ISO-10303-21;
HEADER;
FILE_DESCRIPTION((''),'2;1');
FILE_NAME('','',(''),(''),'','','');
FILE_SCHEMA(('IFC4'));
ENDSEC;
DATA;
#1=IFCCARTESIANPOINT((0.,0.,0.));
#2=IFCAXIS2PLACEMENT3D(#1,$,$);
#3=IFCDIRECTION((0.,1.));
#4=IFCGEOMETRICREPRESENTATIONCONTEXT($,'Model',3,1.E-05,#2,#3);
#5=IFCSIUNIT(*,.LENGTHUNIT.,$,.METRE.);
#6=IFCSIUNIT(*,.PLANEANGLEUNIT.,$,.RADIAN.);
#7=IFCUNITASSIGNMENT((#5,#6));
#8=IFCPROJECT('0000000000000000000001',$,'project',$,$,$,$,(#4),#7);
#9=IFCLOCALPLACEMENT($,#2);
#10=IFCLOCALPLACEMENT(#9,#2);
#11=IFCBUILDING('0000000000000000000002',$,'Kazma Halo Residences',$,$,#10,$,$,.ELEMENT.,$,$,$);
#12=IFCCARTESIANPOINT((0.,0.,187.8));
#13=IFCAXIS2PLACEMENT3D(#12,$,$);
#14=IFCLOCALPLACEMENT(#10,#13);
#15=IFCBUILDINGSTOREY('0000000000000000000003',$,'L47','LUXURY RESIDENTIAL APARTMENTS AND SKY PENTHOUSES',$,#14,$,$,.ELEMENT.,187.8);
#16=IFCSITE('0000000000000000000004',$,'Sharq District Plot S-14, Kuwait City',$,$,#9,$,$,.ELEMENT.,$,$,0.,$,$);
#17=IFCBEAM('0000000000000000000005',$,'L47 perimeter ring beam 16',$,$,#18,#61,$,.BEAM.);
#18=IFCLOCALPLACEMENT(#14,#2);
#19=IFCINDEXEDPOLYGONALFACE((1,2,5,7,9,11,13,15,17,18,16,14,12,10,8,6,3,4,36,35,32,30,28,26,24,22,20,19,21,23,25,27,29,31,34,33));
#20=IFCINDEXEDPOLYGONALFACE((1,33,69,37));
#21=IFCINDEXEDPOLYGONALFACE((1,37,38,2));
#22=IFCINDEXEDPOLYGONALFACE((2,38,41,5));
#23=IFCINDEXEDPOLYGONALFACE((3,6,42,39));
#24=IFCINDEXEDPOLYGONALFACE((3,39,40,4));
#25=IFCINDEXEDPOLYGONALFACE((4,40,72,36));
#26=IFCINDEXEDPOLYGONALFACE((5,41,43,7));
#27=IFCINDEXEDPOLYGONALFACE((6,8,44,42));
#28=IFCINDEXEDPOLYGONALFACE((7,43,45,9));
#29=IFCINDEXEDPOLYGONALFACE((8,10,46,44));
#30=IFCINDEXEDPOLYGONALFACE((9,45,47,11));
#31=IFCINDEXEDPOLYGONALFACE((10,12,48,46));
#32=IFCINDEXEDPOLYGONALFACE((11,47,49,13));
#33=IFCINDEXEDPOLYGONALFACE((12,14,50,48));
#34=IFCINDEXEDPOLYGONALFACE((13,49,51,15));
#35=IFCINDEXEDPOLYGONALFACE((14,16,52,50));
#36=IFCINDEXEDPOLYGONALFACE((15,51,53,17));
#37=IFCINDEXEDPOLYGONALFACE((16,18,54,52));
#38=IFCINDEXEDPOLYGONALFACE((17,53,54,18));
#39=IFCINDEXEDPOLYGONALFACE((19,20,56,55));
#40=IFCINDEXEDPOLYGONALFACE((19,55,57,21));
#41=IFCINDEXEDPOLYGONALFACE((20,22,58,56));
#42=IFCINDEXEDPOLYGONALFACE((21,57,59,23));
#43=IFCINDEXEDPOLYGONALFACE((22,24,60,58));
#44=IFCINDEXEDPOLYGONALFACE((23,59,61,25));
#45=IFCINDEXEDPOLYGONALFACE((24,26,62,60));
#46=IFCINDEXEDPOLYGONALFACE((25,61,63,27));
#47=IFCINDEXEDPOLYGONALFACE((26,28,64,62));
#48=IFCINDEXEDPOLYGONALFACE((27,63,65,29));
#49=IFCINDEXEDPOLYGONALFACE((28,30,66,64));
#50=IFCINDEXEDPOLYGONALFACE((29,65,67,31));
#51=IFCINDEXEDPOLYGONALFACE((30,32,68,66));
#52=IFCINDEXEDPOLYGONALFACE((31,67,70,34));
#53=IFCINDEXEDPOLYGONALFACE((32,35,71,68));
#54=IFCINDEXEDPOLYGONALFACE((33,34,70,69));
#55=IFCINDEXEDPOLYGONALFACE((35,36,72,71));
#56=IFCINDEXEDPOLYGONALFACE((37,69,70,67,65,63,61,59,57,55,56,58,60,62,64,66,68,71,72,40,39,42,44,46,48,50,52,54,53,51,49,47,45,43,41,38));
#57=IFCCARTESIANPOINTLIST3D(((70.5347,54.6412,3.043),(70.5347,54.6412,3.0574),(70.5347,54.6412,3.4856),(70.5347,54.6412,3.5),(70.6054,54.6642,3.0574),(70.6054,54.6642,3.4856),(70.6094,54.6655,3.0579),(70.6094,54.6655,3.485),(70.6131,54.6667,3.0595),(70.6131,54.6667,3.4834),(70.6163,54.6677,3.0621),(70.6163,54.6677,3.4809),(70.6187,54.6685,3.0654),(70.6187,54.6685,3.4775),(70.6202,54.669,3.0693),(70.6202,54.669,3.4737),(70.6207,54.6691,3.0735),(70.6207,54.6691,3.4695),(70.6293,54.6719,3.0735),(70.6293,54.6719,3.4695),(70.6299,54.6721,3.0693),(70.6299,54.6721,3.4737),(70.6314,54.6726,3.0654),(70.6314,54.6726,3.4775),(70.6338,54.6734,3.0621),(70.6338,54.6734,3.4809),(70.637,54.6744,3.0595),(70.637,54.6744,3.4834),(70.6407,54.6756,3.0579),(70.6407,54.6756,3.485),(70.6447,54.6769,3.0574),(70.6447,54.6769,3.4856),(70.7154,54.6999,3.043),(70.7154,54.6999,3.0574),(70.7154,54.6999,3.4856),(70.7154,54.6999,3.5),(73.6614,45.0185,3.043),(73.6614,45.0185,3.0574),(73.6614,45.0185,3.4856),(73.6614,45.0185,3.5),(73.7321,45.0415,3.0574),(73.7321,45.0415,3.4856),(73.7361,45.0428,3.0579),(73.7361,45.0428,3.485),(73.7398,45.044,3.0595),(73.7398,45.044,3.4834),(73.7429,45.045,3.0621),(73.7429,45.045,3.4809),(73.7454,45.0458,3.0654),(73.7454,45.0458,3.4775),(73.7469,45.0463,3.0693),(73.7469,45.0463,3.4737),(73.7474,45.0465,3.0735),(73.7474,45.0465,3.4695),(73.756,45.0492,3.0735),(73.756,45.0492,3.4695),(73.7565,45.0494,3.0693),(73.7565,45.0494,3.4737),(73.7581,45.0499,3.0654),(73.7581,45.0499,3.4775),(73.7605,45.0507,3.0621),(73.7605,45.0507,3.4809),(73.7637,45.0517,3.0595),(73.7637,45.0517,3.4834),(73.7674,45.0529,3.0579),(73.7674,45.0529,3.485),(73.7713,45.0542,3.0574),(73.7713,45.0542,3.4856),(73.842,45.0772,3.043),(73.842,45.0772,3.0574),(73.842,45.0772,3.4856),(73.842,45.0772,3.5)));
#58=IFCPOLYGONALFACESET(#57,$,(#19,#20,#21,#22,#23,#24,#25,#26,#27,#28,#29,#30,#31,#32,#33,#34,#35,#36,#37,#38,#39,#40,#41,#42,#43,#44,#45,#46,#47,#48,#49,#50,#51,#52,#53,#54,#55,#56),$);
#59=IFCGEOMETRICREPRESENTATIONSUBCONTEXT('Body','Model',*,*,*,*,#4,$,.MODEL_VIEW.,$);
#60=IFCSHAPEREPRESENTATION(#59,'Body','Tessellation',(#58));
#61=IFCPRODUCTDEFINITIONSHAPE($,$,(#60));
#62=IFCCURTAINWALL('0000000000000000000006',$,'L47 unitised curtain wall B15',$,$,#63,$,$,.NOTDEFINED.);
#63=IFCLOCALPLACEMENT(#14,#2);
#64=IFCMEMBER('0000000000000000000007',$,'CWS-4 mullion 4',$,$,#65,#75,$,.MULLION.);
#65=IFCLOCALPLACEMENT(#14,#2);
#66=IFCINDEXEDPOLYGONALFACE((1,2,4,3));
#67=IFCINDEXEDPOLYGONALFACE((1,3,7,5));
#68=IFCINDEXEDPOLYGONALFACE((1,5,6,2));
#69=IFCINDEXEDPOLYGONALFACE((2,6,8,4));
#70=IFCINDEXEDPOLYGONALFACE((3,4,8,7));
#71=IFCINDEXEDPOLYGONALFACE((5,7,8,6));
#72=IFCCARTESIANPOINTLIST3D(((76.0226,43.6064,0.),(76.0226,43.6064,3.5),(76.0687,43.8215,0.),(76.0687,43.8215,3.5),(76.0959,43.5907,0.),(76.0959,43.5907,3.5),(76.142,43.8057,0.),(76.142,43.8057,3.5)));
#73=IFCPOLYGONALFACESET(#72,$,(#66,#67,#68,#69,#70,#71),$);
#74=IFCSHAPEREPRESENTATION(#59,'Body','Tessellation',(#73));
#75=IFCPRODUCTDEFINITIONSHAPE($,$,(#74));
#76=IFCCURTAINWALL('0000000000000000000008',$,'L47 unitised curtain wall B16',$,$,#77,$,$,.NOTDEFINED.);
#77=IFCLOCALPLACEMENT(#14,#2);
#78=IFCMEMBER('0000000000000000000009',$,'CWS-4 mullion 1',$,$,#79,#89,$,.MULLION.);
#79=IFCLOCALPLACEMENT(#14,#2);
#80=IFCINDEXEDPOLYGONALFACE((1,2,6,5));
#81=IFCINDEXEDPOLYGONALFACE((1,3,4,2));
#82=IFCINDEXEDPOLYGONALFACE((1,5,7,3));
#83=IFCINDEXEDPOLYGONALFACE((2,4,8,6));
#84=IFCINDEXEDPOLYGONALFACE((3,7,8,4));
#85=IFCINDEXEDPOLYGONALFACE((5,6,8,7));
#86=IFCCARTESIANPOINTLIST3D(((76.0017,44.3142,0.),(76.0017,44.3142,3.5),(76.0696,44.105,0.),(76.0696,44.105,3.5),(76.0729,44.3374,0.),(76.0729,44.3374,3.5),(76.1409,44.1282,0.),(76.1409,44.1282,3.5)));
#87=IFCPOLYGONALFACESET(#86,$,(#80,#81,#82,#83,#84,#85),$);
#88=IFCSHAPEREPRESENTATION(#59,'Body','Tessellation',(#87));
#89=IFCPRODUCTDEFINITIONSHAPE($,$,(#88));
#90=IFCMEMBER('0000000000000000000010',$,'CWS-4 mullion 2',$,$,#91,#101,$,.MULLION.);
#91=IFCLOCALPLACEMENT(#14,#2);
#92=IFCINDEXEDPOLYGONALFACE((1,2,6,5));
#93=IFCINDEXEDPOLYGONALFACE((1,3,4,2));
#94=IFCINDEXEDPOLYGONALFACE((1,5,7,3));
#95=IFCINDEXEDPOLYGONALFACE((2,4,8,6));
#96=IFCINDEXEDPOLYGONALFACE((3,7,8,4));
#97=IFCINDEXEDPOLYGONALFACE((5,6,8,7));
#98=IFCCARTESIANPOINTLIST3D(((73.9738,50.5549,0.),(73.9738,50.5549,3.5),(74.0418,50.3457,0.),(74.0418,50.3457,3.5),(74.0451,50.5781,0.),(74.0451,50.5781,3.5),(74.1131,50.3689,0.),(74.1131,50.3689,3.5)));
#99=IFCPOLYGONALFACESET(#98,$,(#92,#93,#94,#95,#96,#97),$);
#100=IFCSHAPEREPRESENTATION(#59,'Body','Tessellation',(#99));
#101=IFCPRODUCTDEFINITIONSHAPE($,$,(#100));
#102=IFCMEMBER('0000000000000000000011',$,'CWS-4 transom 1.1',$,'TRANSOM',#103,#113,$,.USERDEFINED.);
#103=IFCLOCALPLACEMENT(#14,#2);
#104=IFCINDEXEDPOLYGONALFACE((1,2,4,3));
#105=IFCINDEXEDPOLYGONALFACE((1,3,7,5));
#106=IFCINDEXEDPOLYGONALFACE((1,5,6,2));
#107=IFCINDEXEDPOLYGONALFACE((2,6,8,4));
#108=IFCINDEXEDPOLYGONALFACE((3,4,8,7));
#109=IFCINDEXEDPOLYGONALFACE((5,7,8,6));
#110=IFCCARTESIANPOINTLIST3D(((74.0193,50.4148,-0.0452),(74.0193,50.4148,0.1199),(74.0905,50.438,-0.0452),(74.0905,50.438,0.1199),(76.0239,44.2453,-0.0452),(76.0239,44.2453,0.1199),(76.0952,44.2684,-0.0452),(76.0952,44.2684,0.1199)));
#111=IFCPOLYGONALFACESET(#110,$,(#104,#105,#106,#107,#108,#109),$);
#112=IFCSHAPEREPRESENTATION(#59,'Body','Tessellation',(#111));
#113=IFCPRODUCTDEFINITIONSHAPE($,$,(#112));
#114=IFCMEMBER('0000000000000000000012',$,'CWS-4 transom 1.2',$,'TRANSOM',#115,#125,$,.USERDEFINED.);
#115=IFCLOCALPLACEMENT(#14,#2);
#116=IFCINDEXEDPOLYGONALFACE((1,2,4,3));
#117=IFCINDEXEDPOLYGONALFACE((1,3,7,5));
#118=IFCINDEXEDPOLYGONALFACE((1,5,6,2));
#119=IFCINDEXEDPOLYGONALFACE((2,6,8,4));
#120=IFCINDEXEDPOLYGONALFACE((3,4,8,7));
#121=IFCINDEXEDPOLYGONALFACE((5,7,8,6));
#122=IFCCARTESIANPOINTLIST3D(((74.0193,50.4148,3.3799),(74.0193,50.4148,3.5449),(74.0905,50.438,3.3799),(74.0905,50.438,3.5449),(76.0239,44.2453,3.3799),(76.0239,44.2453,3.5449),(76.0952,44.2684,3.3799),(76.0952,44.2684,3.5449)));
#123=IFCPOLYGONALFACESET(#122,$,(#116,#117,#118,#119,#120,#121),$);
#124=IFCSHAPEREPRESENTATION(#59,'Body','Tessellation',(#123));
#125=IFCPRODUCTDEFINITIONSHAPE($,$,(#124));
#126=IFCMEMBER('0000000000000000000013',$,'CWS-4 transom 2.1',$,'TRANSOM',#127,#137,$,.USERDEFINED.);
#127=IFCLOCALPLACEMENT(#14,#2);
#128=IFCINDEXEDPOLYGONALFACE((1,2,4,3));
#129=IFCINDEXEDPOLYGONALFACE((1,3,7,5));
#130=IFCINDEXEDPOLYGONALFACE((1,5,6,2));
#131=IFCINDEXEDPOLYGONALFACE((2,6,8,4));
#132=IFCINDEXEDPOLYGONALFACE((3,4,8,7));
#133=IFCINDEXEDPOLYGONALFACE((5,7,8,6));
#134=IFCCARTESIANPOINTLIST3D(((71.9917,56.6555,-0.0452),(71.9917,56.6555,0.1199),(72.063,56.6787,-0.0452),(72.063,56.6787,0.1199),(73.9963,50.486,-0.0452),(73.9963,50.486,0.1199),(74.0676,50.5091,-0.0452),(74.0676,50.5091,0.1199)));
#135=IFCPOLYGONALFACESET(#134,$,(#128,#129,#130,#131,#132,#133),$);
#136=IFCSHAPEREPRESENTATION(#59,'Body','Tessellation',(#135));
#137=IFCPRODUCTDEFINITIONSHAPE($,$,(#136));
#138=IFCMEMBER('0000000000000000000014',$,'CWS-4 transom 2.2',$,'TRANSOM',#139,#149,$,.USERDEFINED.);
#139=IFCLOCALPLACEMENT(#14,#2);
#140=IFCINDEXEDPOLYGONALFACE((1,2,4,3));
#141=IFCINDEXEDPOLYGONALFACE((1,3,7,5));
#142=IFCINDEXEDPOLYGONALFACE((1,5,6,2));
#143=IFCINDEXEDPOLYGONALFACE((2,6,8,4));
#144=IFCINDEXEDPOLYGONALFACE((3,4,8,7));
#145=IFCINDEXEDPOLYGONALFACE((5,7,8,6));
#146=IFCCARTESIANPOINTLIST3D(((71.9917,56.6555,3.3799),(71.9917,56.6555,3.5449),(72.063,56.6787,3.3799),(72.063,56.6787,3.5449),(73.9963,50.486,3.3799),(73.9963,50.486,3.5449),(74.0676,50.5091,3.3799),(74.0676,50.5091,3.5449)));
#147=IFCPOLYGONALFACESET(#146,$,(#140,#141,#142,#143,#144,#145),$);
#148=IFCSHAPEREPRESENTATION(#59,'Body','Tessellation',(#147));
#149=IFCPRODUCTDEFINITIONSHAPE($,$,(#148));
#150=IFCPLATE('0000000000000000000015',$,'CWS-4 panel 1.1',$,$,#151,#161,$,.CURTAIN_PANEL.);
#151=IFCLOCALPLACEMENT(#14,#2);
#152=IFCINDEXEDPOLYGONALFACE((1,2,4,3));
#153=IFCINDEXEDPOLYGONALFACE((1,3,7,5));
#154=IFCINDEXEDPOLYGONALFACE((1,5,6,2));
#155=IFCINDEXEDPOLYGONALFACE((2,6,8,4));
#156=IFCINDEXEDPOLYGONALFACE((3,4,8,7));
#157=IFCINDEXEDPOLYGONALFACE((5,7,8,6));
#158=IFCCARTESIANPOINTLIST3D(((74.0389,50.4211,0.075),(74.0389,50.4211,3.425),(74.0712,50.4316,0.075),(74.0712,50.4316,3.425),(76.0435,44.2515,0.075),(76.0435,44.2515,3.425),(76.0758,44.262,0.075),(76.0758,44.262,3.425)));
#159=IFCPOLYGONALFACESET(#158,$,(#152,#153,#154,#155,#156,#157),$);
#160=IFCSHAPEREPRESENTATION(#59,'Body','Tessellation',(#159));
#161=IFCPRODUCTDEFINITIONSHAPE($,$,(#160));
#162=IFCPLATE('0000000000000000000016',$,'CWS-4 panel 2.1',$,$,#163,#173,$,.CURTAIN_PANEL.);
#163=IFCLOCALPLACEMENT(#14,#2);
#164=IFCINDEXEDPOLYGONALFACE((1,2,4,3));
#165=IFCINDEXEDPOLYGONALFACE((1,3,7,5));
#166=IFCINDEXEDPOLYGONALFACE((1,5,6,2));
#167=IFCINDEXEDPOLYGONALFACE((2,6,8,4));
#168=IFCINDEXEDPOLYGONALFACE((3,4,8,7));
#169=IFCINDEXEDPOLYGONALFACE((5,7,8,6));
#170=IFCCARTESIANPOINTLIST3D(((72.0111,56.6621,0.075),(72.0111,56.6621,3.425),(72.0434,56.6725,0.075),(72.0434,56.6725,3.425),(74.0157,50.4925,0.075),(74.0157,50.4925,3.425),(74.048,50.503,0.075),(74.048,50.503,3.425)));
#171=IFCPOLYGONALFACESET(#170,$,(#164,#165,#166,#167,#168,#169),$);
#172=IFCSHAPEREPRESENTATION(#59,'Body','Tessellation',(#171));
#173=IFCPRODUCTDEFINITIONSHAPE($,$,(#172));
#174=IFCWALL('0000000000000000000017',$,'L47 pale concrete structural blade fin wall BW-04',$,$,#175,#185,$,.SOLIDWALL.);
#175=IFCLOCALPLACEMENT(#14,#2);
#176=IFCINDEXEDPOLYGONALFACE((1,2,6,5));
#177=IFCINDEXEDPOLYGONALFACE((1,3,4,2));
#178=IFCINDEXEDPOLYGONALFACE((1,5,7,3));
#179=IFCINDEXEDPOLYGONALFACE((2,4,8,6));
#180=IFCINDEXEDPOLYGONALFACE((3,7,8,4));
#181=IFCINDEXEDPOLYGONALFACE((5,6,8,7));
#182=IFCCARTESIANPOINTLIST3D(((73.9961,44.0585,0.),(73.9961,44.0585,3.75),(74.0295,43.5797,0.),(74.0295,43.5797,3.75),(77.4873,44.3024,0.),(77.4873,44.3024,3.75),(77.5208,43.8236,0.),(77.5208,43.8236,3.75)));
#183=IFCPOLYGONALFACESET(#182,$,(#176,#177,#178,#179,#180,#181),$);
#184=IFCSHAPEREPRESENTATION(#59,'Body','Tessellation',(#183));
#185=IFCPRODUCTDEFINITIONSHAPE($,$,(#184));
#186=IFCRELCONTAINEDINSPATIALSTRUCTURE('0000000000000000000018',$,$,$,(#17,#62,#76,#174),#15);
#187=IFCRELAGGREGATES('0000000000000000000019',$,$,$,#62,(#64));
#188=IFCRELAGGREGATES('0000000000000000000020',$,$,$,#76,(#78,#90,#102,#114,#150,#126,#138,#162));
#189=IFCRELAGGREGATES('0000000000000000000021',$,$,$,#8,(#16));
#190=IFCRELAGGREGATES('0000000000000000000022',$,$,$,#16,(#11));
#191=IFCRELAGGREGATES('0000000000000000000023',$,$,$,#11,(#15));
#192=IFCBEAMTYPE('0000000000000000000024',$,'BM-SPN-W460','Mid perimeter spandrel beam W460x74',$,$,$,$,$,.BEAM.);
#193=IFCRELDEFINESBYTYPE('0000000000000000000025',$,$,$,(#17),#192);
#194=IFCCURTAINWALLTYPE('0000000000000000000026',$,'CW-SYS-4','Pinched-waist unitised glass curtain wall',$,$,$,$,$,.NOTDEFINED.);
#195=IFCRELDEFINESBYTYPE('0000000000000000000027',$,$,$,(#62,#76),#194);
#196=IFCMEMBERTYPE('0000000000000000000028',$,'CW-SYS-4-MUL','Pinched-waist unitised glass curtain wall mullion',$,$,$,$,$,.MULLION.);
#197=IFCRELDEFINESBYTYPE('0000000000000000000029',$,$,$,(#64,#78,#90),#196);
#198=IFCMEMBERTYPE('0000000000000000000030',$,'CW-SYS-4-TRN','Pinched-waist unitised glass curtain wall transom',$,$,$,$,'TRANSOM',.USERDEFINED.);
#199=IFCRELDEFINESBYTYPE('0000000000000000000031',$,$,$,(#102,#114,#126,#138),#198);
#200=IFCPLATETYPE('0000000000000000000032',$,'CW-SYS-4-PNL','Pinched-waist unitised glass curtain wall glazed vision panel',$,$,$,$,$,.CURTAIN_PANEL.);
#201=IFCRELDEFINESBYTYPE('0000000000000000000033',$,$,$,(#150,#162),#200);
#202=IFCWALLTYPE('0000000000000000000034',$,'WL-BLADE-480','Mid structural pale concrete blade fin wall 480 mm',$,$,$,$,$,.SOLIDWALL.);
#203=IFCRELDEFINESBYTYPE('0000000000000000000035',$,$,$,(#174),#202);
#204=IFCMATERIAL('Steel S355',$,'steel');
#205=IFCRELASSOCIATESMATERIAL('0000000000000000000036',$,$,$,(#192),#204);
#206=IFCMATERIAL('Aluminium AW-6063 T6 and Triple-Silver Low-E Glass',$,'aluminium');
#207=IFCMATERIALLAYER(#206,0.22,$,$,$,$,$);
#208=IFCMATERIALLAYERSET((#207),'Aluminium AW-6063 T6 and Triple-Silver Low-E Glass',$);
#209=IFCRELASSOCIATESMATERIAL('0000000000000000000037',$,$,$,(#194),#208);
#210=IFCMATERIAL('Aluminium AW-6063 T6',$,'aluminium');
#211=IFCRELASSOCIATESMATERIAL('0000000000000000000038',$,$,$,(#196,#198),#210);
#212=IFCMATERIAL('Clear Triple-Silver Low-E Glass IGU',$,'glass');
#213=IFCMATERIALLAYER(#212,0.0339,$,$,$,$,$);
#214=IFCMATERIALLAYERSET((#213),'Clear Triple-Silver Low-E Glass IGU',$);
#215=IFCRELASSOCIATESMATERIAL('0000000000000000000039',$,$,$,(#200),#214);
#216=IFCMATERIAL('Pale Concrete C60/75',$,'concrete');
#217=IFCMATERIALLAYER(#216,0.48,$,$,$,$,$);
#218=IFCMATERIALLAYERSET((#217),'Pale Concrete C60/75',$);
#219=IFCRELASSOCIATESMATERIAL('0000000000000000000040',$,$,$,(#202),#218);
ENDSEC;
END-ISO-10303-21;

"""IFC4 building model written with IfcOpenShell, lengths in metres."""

from ifc_helpers import new_model, si_unit, direction, frame, frame_2d, origin, origin_2d, place, context, subcontext, project, spatial, rectangle, i_section, extrude, material, layer, layer_set, material_profile, profile_set, type_object, element, aggregate, save


model = new_model("IFC4")

# Units and contexts
model_context = context("Model", 3, precision=1e-05, world=origin(), true_north=direction((0.0, 1.0)))
body_context = subcontext(model_context, "Body", "Model", "MODEL_VIEW")
ifc_project = project(units=[si_unit("LENGTHUNIT", "METRE"), si_unit("PLANEANGLEUNIT", "RADIAN")], contexts=[model_context])

# Site, building, storey
site_placement = place(None, origin())
site = spatial("IfcSite", under=ifc_project, at=site_placement, Name="Sharq District Plot S-14, Kuwait City", CompositionType="ELEMENT", RefElevation=0.0)
building_placement = place(site_placement, origin())
building = spatial("IfcBuilding", under=site, at=building_placement, Name="Kazma Halo Residences", CompositionType="ELEMENT")
storey_placement = place(building_placement, frame((0.0, 0.0, 187.8)))
storey = spatial("IfcBuildingStorey", under=building, at=storey_placement, Name="L47", Description="LUXURY RESIDENTIAL APARTMENTS AND SKY PENTHOUSES", CompositionType="ELEMENT", Elevation=187.8)

# Beam
ifc_material_1 = material(Name="Steel S355", Category="steel")
ifc_material_profile_1 = material_profile(ifc_material_1, i_section(OverallWidth=0.1899, OverallDepth=0.457, WebThickness=0.009, FlangeThickness=0.0144, FilletRadius=0.0161, at=origin_2d()), Name="W460x74")
ifc_profile_set_1 = profile_set([ifc_material_profile_1], Name="Steel S355")
beam_type_1 = type_object("IfcBeamType", Name="BM-SPN-W460", Description="Mid perimeter spandrel beam W460x74", PredefinedType="BEAM", material=ifc_profile_set_1)
beam_1_placement = place(storey_placement, frame((73.7517, 45.0479, 3.2715), z_axis=(-0.309023, 0.951054, 0.0), x_axis=(-0.951054, -0.309023, 0.0)))
element("IfcBeam", 1, at=beam_1_placement, inside=storey, type_object=beam_type_1, Name="L47 perimeter ring beam 16", PredefinedType="BEAM", context=body_context, shape_type="SweptSolid", body=[
    extrude(i_section(OverallWidth=0.1899, OverallDepth=0.457, WebThickness=0.009, FlangeThickness=0.0144, FilletRadius=0.0161, at=origin_2d()), origin(), (0.0, 0.0, 1.0), 10.1179),
])

# Curtain wall, member
ifc_material_2 = material(Name="Aluminium AW-6063 T6 and Triple-Silver Low-E Glass", Category="aluminium")
ifc_layer_1 = layer(ifc_material_2, 0.22)
ifc_layer_set_1 = layer_set([ifc_layer_1], Name="Aluminium AW-6063 T6 and Triple-Silver Low-E Glass")
curtain_wall_type = type_object("IfcCurtainWallType", Name="CW-SYS-4", Description="Pinched-waist unitised glass curtain wall", PredefinedType="NOTDEFINED", material=ifc_layer_set_1)
curtain_wall_1_placement = place(storey_placement, origin())
curtain_wall_1 = element("IfcCurtainWall", 2, at=curtain_wall_1_placement, inside=storey, type_object=curtain_wall_type, Name="L47 unitised curtain wall B15", PredefinedType="NOTDEFINED")
ifc_material_3 = material(Name="Aluminium AW-6063 T6", Category="aluminium")
ifc_material_profile_2 = material_profile(ifc_material_3, rectangle(XDim=0.075, YDim=0.22, at=origin_2d()), Name="CWM-75x220")
ifc_profile_set_2 = profile_set([ifc_material_profile_2], Name="Aluminium AW-6063 T6")
member_type_1 = type_object("IfcMemberType", Name="CW-SYS-4-MUL", Description="Pinched-waist unitised glass curtain wall mullion", PredefinedType="MULLION", material=ifc_profile_set_2)
member_1_placement = place(storey_placement, frame((76.0823, 43.7061, 0.0), z_axis=(0.0, 0.0, 1.0), x_axis=(-0.977768, 0.20969, 0.0)))
member_1 = element("IfcMember", 3, at=member_1_placement, type_object=member_type_1, Name="CWS-4 mullion 4", PredefinedType="MULLION", context=body_context, shape_type="SweptSolid", body=[
    extrude(rectangle(XDim=0.075, YDim=0.22, at=origin_2d()), origin(), (0.0, 0.0, 1.0), 3.5),
])
aggregate(curtain_wall_1, [member_1])

# Curtain wall, members, plates
curtain_wall_2_placement = place(storey_placement, origin())
curtain_wall_2 = element("IfcCurtainWall", 4, at=curtain_wall_2_placement, inside=storey, type_object=curtain_wall_type, Name="L47 unitised curtain wall B16", PredefinedType="NOTDEFINED")
member_2_placement = place(storey_placement, frame((76.0713, 44.2212, 0.0), z_axis=(0.0, 0.0, 1.0), x_axis=(-0.951057, -0.309016, 0.0)))
member_2 = element("IfcMember", 5, at=member_2_placement, type_object=member_type_1, Name="CWS-4 mullion 1", PredefinedType="MULLION", context=body_context, shape_type="SweptSolid", body=[
    extrude(rectangle(XDim=0.075, YDim=0.22, at=origin_2d()), origin(), (0.0, 0.0, 1.0), 3.5),
])
member_3_placement = place(storey_placement, frame((74.0435, 50.4619, 0.0), z_axis=(0.0, 0.0, 1.0), x_axis=(-0.951057, -0.309016, 0.0)))
member_3 = element("IfcMember", 6, at=member_3_placement, type_object=member_type_1, Name="CWS-4 mullion 2", PredefinedType="MULLION", context=body_context, shape_type="SweptSolid", body=[
    extrude(rectangle(XDim=0.075, YDim=0.22, at=origin_2d()), origin(), (0.0, 0.0, 1.0), 3.5),
])
ifc_material_profile_3 = material_profile(ifc_material_3, rectangle(XDim=0.075, YDim=0.165, at=origin_2d()), Name="CWT-75x165")
ifc_profile_set_3 = profile_set([ifc_material_profile_3], Name="Aluminium AW-6063 T6")
member_type_2 = type_object("IfcMemberType", Name="CW-SYS-4-TRN", Description="Pinched-waist unitised glass curtain wall transom", ElementType="TRANSOM", PredefinedType="USERDEFINED", material=ifc_profile_set_3)
member_4_placement = place(storey_placement, frame((76.0596, 44.2568, 0.0374), z_axis=(-0.309027, 0.951053, 0.0), x_axis=(-0.951053, -0.309027, 0.0)))
member_4 = element("IfcMember", 7, at=member_4_placement, type_object=member_type_2, Name="CWS-4 transom 1.1", ObjectType="TRANSOM", PredefinedType="USERDEFINED", context=body_context, shape_type="SweptSolid", body=[
    extrude(rectangle(XDim=0.075, YDim=0.165, at=origin_2d()), origin(), (0.0, 0.0, 1.0), 6.4871),
])
member_5_placement = place(storey_placement, frame((76.0596, 44.2568, 3.4624), z_axis=(-0.309027, 0.951053, 0.0), x_axis=(-0.951053, -0.309027, 0.0)))
member_5 = element("IfcMember", 8, at=member_5_placement, type_object=member_type_2, Name="CWS-4 transom 1.2", ObjectType="TRANSOM", PredefinedType="USERDEFINED", context=body_context, shape_type="SweptSolid", body=[
    extrude(rectangle(XDim=0.075, YDim=0.165, at=origin_2d()), origin(), (0.0, 0.0, 1.0), 6.4871),
])
member_6_placement = place(storey_placement, frame((74.032, 50.4976, 0.0374), z_axis=(-0.309015, 0.951057, 0.0), x_axis=(-0.951057, -0.309015, 0.0)))
member_6 = element("IfcMember", 9, at=member_6_placement, type_object=member_type_2, Name="CWS-4 transom 2.1", ObjectType="TRANSOM", PredefinedType="USERDEFINED", context=body_context, shape_type="SweptSolid", body=[
    extrude(rectangle(XDim=0.075, YDim=0.165, at=origin_2d()), origin(), (0.0, 0.0, 1.0), 6.4871),
])
member_7_placement = place(storey_placement, frame((74.032, 50.4976, 3.4624), z_axis=(-0.309015, 0.951057, 0.0), x_axis=(-0.951057, -0.309015, 0.0)))
member_7 = element("IfcMember", 10, at=member_7_placement, type_object=member_type_2, Name="CWS-4 transom 2.2", ObjectType="TRANSOM", PredefinedType="USERDEFINED", context=body_context, shape_type="SweptSolid", body=[
    extrude(rectangle(XDim=0.075, YDim=0.165, at=origin_2d()), origin(), (0.0, 0.0, 1.0), 6.4871),
])
ifc_material_4 = material(Name="Clear Triple-Silver Low-E Glass IGU", Category="glass")
ifc_layer_2 = layer(ifc_material_4, 0.0339)
ifc_layer_set_2 = layer_set([ifc_layer_2], Name="Clear Triple-Silver Low-E Glass IGU")
plate_type = type_object("IfcPlateType", Name="CW-SYS-4-PNL", Description="Pinched-waist unitised glass curtain wall glazed vision panel", PredefinedType="CURTAIN_PANEL", material=ifc_layer_set_2)
plate_1_placement = place(storey_placement, frame((75.0574, 47.3416, 0.075), z_axis=(0.0, 0.0, 1.0), x_axis=(-0.309016, 0.951057, 0.0)))
plate_1 = element("IfcPlate", 11, at=plate_1_placement, type_object=plate_type, Name="CWS-4 panel 1.1", PredefinedType="CURTAIN_PANEL", context=body_context, shape_type="SweptSolid", body=[
    extrude(rectangle(XDim=6.4871, YDim=0.0339, at=origin_2d()), origin(), (0.0, 0.0, 1.0), 3.3501),
])
plate_2_placement = place(storey_placement, frame((73.0295, 53.5825, 0.075), z_axis=(0.0, 0.0, 1.0), x_axis=(-0.309016, 0.951057, 0.0)))
plate_2 = element("IfcPlate", 12, at=plate_2_placement, type_object=plate_type, Name="CWS-4 panel 2.1", PredefinedType="CURTAIN_PANEL", context=body_context, shape_type="SweptSolid", body=[
    extrude(rectangle(XDim=6.4871, YDim=0.0339, at=origin_2d()), origin(), (0.0, 0.0, 1.0), 3.3501),
])
aggregate(curtain_wall_2, [member_2, member_3, member_4, member_5, plate_1, member_6, member_7, plate_2])

# Wall
ifc_material_5 = material(Name="Pale Concrete C60/75", Category="concrete")
ifc_layer_3 = layer(ifc_material_5, 0.48)
ifc_layer_set_3 = layer_set([ifc_layer_3], Name="Pale Concrete C60/75")
wall_type_1 = type_object("IfcWallType", Name="WL-BLADE-480", Description="Mid structural pale concrete blade fin wall 480 mm", PredefinedType="SOLIDWALL", material=ifc_layer_set_3)
wall_1_placement = place(storey_placement, frame((74.0127, 43.8191, 0.0), z_axis=(0.0, 0.0, 1.0), x_axis=(0.997569, 0.06969, 0.0)))
element("IfcWall", 13, at=wall_1_placement, inside=storey, type_object=wall_type_1, Name="L47 pale concrete structural blade fin wall BW-04", PredefinedType="SOLIDWALL", context=body_context, shape_type="SweptSolid", body=[
    extrude(rectangle(XDim=3.4998, YDim=0.48, at=frame_2d((1.75, 0.0))), origin(), (0.0, 0.0, 1.0), 3.75),
])

save(model, "model.ifc")
